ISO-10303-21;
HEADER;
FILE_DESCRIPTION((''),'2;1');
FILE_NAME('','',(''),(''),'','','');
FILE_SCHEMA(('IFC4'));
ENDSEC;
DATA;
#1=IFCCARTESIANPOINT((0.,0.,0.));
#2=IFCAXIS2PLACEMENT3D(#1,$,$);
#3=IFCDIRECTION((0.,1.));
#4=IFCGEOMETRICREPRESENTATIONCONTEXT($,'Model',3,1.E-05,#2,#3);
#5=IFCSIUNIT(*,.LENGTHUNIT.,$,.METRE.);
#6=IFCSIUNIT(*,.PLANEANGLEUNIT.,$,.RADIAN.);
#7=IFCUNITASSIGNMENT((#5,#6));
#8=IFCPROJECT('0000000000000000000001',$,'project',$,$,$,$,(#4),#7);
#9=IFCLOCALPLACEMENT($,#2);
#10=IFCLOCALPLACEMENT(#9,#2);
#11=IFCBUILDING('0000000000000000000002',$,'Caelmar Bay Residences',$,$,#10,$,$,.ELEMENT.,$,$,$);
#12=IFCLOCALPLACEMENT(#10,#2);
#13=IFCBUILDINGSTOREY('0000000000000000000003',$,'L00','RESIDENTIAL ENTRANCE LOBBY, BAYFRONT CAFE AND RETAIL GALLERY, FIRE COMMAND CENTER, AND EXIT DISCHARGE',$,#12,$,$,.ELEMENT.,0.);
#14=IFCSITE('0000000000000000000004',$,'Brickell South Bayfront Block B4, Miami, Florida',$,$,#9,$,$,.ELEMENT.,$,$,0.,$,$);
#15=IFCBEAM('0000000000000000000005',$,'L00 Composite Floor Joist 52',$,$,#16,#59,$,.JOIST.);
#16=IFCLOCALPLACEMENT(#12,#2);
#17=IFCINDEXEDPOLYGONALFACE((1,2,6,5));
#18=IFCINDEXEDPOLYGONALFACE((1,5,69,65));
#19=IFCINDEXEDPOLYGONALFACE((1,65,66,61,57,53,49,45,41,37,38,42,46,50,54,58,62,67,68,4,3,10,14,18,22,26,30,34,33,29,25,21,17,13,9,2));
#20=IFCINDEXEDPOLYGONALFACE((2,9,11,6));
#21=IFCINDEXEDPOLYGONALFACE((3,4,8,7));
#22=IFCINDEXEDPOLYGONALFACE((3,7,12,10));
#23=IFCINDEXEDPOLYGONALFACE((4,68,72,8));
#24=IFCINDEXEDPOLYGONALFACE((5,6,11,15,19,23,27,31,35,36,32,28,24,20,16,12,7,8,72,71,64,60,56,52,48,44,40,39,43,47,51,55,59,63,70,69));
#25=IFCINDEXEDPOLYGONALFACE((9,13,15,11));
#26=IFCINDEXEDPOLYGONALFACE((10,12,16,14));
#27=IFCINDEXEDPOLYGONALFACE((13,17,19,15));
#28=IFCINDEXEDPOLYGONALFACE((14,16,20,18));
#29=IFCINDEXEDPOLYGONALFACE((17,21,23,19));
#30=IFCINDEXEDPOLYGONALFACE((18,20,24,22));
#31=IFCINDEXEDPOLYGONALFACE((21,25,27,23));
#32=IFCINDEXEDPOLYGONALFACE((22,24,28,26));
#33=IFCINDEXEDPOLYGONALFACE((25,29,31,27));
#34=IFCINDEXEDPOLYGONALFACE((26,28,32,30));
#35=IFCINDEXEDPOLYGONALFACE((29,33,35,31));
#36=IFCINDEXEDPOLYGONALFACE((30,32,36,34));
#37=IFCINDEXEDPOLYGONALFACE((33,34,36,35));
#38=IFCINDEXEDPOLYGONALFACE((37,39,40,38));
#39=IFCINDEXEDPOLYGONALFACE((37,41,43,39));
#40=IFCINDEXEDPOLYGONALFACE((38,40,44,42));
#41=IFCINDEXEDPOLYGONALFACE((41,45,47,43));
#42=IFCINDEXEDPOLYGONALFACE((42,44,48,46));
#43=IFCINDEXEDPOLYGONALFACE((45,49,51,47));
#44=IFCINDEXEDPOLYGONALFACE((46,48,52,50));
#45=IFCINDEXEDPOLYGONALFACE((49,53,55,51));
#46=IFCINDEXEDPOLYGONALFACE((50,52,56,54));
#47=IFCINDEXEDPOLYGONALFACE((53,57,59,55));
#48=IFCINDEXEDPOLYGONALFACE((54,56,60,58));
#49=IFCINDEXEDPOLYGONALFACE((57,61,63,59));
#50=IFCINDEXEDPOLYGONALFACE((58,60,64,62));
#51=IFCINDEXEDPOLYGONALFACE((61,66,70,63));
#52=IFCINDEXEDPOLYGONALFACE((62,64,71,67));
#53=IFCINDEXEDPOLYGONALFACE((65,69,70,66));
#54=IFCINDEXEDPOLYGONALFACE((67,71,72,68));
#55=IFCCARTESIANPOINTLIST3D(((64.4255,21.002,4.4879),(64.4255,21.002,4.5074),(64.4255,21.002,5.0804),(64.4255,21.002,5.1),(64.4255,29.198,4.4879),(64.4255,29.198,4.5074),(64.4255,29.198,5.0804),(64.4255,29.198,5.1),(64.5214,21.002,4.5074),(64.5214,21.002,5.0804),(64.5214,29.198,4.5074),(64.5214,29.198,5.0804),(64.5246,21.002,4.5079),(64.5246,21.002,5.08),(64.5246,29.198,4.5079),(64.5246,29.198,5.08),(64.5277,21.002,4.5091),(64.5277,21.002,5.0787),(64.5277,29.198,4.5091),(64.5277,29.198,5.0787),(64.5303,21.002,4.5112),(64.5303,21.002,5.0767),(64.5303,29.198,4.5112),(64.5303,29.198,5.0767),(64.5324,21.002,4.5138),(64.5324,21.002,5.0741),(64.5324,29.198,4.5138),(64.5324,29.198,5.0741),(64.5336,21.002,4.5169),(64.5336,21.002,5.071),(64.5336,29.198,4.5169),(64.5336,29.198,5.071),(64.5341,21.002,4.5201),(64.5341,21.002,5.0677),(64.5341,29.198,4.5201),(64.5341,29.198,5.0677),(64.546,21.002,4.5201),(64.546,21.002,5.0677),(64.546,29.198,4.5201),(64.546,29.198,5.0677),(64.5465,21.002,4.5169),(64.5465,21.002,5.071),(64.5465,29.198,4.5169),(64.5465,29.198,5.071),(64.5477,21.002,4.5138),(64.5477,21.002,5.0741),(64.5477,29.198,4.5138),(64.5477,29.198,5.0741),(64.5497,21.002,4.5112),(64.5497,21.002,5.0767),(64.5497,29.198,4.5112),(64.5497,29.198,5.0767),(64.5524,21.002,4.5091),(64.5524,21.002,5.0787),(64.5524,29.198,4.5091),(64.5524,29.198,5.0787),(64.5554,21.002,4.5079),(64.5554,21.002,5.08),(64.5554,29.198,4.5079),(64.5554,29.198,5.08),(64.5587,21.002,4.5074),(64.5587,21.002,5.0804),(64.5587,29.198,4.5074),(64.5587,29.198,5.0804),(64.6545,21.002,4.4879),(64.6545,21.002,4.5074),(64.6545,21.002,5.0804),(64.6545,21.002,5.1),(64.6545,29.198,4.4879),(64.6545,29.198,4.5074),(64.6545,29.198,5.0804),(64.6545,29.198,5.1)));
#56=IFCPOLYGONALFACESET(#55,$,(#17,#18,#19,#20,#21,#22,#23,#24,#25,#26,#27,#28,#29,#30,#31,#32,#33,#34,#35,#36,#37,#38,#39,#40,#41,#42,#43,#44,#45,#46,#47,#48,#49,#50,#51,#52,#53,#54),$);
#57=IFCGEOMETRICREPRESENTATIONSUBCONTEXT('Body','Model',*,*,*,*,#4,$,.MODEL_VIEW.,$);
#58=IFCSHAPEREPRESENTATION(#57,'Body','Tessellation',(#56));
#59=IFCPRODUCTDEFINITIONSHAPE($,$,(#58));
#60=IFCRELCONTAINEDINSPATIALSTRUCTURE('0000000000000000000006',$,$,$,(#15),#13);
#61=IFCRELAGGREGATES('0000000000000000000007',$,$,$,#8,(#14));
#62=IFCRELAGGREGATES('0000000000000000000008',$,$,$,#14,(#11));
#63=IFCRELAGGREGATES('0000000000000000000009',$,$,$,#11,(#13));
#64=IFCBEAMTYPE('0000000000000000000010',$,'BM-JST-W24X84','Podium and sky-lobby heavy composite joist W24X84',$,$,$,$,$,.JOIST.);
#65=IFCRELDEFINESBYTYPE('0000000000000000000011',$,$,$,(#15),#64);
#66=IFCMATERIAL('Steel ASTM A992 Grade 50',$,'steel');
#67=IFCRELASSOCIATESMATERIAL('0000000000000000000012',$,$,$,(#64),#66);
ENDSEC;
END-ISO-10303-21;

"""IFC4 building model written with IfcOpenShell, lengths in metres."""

from ifc_helpers import new_model, si_unit, direction, frame, origin, origin_2d, place, context, subcontext, project, spatial, i_section, extrude, material, material_profile, profile_set, type_object, element, save


model = new_model("IFC4")

# Units and contexts
model_context = context("Model", 3, precision=1e-05, world=origin(), true_north=direction((0.0, 1.0)))
body_context = subcontext(model_context, "Body", "Model", "MODEL_VIEW")
ifc_project = project(units=[si_unit("LENGTHUNIT", "METRE"), si_unit("PLANEANGLEUNIT", "RADIAN")], contexts=[model_context])

# Site, building, storey
site_placement = place(None, origin())
site = spatial("IfcSite", under=ifc_project, at=site_placement, Name="Brickell South Bayfront Block B4, Miami, Florida", CompositionType="ELEMENT", RefElevation=0.0)
building_placement = place(site_placement, origin())
building = spatial("IfcBuilding", under=site, at=building_placement, Name="Caelmar Bay Residences", CompositionType="ELEMENT")
storey_placement = place(building_placement, origin())
storey = spatial("IfcBuildingStorey", under=building, at=storey_placement, Name="L00", Description="RESIDENTIAL ENTRANCE LOBBY, BAYFRONT CAFE AND RETAIL GALLERY, FIRE COMMAND CENTER, AND EXIT DISCHARGE", CompositionType="ELEMENT", Elevation=0.0)

# Beam
ifc_material_1 = material(Name="Steel ASTM A992 Grade 50", Category="steel")
ifc_material_profile_1 = material_profile(ifc_material_1, i_section(OverallWidth=0.229, OverallDepth=0.6121, WebThickness=0.012, FlangeThickness=0.0195, FilletRadius=0.0127, at=origin_2d()), Name="W24X84")
ifc_profile_set_1 = profile_set([ifc_material_profile_1], Name="Steel ASTM A992 Grade 50")
beam_type_1 = type_object("IfcBeamType", Name="BM-JST-W24X84", Description="Podium and sky-lobby heavy composite joist W24X84", PredefinedType="JOIST", material=ifc_profile_set_1)
for number, where, z_axis, x_axis, name in (
    (1, (64.54, 21.002, 4.7939), (0.0, 1.0, 0.0), (-1.0, 0.0, 0.0), "L00 Composite Floor Joist 52"),
):
    element("IfcBeam", number, at=place(storey_placement, frame(where, z_axis=z_axis, x_axis=x_axis)), inside=storey, type_object=beam_type_1, Name=name, PredefinedType="JOIST", context=body_context, shape_type="SweptSolid", body=[
        extrude(i_section(OverallWidth=0.229, OverallDepth=0.6121, WebThickness=0.012, FlangeThickness=0.0195, FilletRadius=0.0127, at=origin_2d()), origin(), (0.0, 0.0, 1.0), 8.196),
    ])

save(model, "model.ifc")
